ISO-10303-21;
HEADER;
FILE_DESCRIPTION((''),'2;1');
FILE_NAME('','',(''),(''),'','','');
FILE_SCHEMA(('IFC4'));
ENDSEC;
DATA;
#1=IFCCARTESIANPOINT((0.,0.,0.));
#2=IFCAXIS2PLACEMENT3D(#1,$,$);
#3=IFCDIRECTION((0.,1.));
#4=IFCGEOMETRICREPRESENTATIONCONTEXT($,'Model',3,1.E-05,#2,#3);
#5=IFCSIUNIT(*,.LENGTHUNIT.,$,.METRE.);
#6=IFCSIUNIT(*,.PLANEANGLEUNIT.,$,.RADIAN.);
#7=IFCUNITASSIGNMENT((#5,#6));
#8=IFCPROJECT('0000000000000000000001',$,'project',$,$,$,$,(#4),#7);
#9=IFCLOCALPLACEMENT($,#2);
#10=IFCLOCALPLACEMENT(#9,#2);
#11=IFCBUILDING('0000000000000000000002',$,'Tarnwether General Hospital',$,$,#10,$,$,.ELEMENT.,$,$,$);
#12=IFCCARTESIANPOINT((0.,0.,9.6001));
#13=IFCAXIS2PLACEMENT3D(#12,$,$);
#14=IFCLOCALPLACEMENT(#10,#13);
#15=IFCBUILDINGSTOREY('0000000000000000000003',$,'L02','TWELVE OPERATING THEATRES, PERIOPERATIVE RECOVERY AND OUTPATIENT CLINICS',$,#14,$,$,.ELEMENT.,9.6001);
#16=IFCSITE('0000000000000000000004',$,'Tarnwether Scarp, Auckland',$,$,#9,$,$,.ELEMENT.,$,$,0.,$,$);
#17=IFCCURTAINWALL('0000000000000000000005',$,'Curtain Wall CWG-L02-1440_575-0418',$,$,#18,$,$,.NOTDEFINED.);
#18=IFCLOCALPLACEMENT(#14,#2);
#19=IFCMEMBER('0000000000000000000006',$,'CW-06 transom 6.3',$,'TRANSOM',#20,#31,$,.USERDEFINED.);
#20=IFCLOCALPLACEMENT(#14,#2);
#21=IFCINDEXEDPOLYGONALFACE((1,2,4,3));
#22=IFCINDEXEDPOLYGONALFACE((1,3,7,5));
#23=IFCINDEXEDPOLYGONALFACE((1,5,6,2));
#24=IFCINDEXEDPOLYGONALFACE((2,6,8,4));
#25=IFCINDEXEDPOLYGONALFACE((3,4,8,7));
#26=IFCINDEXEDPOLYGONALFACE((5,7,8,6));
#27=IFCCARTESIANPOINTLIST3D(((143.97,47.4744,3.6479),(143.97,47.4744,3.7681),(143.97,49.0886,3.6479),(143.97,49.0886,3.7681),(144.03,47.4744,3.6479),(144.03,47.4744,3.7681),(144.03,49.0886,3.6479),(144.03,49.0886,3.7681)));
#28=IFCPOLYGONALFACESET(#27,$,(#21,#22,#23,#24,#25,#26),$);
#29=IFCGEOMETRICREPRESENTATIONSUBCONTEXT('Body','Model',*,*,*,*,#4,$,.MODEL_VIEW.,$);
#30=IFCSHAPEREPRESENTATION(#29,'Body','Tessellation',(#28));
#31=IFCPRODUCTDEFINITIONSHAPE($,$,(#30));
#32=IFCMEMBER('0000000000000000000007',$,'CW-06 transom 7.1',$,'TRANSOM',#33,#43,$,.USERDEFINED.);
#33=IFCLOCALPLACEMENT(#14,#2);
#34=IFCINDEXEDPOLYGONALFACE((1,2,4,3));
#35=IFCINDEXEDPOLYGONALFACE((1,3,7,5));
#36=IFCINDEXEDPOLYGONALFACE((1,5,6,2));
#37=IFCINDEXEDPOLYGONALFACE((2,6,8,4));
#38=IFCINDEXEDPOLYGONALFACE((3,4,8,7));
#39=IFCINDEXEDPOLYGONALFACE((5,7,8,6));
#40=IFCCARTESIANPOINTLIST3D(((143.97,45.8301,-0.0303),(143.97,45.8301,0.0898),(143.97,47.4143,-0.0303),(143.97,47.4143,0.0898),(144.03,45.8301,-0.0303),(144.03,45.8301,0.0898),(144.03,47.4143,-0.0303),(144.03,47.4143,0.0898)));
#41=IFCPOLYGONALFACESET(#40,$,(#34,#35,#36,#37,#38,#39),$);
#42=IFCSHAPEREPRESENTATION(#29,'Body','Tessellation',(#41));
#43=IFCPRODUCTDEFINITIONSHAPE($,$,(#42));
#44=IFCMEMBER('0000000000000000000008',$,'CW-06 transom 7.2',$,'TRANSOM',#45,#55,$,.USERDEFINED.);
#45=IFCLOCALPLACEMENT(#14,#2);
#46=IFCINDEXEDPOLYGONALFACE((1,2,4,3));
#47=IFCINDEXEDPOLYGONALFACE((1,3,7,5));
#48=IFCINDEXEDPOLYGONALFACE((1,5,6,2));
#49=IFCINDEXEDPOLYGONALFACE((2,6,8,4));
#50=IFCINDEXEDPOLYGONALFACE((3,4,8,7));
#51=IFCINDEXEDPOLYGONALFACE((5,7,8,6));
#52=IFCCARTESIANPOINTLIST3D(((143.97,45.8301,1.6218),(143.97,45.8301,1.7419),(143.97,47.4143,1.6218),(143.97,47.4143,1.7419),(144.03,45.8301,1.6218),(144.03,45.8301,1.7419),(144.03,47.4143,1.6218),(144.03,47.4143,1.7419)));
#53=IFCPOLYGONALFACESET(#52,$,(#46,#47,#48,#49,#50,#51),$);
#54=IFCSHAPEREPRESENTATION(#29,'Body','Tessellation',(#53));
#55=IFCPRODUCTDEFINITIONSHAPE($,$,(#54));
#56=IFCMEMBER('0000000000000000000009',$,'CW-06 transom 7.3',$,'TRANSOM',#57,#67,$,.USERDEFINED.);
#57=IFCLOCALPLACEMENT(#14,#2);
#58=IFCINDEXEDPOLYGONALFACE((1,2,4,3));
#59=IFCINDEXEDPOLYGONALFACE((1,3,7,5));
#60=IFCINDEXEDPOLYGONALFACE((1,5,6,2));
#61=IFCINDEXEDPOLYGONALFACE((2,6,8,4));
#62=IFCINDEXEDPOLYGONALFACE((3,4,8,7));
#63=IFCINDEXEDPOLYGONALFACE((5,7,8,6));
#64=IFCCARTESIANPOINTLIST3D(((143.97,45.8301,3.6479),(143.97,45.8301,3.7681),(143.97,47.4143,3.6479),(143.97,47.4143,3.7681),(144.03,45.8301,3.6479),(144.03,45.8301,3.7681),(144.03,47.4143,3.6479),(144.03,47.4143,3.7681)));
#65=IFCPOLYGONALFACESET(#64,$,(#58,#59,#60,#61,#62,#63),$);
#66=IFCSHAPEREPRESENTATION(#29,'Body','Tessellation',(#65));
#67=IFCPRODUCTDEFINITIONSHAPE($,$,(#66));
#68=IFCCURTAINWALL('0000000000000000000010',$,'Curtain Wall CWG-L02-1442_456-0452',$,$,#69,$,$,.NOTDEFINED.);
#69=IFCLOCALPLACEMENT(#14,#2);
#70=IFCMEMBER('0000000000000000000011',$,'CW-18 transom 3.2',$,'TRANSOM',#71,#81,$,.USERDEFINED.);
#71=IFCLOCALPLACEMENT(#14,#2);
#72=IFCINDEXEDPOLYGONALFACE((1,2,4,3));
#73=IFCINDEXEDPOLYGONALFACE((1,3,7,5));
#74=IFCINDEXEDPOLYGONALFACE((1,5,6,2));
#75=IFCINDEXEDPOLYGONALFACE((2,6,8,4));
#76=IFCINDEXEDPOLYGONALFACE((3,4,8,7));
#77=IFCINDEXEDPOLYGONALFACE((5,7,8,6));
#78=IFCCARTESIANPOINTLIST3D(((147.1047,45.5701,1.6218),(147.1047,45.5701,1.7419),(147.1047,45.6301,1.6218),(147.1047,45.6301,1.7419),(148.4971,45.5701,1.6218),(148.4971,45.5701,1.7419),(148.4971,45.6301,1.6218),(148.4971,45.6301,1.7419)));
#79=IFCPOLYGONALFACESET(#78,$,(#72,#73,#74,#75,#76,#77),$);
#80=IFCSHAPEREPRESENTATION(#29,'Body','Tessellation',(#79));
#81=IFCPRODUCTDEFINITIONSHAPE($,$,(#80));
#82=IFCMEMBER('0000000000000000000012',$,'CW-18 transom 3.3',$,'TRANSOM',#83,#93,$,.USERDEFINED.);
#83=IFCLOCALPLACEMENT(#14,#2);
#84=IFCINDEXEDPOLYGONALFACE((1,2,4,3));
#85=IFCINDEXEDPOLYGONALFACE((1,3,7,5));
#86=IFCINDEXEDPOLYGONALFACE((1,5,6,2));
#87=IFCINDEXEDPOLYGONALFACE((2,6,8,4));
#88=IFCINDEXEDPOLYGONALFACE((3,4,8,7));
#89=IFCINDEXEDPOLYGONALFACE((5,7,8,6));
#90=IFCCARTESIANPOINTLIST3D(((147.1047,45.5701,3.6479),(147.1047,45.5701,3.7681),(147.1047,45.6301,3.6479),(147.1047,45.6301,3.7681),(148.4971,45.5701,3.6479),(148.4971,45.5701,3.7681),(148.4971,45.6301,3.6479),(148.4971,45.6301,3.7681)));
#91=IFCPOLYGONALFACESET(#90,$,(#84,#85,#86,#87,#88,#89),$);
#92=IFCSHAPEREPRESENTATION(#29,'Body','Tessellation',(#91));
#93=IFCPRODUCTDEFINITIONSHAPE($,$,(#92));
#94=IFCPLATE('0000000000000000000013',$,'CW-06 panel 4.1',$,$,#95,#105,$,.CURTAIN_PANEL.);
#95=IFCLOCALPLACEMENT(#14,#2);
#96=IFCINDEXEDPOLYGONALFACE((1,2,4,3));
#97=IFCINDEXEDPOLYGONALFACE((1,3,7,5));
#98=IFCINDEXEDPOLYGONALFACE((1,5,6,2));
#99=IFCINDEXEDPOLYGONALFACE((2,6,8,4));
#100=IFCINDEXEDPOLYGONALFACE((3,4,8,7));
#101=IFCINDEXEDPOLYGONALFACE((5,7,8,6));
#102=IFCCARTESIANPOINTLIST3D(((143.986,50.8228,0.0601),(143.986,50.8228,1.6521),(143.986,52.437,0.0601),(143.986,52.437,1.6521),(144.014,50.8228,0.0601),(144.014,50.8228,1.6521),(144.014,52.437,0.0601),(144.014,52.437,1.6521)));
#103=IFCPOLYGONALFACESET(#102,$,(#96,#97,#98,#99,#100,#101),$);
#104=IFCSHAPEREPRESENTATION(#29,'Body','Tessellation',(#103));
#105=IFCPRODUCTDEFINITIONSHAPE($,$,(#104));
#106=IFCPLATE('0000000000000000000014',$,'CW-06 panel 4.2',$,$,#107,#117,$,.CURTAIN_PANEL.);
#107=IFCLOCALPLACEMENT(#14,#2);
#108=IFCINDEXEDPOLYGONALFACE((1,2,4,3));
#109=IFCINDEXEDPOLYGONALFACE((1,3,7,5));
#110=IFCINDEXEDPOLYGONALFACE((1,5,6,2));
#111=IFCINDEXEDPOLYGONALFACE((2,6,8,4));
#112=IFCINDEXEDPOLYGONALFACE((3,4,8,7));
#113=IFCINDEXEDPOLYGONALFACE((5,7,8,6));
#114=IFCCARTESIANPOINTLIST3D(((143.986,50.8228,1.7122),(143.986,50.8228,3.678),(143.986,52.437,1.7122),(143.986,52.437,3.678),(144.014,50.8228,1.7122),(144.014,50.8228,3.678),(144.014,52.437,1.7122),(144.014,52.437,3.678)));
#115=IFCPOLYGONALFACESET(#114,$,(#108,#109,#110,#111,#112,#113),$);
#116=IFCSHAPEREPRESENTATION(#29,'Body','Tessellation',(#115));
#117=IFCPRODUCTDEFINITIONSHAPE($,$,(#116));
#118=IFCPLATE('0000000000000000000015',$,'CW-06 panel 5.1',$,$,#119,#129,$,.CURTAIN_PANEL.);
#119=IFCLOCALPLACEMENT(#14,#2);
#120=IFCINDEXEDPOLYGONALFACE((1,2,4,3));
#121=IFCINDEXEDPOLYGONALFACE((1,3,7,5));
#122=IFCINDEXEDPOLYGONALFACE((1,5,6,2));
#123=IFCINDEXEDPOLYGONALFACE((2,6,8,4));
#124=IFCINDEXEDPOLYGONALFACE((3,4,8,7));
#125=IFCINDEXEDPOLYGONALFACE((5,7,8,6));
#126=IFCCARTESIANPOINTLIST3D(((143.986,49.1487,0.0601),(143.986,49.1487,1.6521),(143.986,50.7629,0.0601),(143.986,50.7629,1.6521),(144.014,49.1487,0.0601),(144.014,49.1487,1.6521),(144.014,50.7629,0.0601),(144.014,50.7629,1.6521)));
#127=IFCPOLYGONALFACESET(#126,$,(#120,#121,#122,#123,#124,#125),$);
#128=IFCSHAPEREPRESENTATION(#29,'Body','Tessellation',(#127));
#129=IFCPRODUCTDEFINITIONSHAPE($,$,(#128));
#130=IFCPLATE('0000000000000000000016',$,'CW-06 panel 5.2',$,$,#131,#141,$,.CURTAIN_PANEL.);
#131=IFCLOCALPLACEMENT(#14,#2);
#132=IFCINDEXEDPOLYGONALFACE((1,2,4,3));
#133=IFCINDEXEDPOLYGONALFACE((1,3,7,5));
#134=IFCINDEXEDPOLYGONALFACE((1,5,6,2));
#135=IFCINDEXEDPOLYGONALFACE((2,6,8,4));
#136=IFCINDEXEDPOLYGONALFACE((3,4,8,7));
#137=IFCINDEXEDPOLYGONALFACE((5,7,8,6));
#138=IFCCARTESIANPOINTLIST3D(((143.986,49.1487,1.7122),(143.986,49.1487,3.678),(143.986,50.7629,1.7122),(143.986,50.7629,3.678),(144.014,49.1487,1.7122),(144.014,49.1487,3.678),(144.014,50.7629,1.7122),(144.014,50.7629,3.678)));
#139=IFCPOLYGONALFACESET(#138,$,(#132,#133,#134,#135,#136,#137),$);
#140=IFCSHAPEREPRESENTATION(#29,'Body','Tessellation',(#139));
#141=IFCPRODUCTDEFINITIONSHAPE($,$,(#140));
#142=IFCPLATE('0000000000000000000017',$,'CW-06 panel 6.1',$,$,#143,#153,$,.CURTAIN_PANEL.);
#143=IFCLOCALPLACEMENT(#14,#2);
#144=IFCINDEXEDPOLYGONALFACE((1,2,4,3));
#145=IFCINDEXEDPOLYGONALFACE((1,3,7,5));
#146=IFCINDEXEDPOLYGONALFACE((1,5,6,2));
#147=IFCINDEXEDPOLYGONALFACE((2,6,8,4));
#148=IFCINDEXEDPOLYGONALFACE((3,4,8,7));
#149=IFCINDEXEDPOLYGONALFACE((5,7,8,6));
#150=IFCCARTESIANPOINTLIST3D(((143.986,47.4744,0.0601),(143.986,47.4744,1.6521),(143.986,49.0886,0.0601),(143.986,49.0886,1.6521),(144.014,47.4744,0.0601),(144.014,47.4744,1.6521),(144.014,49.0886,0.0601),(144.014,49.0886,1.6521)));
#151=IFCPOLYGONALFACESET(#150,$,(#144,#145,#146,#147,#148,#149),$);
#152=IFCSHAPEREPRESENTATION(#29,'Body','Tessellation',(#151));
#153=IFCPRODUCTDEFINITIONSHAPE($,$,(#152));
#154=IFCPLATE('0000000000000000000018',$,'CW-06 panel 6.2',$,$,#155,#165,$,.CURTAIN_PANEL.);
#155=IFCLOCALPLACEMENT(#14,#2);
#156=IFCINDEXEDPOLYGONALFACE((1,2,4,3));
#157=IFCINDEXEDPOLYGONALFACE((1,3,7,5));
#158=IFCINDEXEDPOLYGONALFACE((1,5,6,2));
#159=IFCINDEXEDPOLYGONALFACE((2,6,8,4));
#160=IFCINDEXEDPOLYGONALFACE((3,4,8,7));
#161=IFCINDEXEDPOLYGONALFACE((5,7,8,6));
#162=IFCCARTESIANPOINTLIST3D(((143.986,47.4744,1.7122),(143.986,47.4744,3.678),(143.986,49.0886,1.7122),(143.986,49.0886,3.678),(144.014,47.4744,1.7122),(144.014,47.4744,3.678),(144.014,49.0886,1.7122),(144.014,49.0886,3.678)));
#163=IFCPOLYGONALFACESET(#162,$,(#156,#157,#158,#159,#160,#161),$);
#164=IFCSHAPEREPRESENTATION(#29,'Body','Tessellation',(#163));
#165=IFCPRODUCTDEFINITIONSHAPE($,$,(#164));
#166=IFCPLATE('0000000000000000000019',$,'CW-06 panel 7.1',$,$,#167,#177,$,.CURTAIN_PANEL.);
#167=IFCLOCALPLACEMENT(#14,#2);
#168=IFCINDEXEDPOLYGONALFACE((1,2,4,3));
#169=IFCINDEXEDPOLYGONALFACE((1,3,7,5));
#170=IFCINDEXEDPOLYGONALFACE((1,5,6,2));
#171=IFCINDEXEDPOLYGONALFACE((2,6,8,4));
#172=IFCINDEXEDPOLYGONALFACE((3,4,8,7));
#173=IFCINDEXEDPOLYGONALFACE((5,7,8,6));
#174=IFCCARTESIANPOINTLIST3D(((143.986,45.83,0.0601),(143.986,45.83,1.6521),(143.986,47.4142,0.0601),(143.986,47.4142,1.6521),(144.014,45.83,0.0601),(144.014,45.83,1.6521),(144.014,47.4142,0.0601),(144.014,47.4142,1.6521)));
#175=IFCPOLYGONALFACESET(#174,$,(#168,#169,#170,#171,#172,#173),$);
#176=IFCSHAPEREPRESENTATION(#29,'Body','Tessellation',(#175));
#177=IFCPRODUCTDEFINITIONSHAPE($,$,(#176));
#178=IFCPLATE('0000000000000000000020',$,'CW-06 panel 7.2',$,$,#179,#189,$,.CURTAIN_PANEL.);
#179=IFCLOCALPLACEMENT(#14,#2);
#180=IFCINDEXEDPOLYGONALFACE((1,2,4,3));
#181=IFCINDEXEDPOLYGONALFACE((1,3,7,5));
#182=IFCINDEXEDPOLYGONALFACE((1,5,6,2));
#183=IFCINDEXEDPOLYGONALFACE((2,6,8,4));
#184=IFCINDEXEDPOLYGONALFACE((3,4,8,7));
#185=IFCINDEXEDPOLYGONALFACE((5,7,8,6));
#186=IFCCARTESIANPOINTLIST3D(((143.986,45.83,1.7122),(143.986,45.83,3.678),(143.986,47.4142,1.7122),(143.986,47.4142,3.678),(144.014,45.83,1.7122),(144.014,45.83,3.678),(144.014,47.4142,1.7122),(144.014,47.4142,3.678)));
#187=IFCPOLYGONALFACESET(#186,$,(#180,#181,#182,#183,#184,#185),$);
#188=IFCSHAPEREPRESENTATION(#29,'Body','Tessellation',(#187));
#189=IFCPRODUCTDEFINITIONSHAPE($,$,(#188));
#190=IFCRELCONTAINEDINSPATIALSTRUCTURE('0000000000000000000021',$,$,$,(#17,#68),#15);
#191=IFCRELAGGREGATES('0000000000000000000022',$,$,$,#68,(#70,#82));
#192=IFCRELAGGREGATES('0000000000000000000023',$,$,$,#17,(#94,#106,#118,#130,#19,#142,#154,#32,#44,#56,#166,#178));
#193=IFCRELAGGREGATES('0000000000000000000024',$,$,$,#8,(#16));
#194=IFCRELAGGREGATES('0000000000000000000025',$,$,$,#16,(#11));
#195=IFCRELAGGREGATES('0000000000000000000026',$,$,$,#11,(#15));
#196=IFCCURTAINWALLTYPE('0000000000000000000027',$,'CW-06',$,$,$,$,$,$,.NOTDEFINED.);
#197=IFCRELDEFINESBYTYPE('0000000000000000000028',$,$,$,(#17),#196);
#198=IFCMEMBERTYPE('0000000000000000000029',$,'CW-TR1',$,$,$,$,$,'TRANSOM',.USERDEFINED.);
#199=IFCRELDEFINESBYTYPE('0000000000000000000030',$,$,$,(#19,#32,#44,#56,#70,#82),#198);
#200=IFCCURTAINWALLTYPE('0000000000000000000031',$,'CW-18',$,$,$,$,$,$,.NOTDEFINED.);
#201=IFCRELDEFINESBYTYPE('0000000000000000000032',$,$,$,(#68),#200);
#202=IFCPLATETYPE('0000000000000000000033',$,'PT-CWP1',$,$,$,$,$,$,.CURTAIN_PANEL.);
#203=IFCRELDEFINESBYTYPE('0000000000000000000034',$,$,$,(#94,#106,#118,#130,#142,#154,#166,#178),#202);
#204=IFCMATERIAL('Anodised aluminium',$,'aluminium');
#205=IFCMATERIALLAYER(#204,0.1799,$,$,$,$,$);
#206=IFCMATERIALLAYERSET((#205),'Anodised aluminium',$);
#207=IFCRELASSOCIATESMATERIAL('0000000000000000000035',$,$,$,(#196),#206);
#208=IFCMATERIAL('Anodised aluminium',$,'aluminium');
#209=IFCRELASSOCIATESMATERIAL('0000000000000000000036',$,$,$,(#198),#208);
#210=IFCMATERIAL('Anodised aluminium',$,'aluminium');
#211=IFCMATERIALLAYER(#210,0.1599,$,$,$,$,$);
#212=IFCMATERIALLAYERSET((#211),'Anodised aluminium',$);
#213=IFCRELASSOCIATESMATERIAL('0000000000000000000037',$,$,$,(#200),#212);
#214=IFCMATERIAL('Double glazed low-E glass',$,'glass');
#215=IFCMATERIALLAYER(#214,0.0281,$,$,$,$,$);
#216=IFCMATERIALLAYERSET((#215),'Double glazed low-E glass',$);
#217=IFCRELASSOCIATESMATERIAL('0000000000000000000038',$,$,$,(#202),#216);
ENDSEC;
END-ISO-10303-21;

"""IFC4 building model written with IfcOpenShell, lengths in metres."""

from ifc_helpers import new_model, si_unit, direction, frame, origin, origin_2d, place, context, subcontext, project, spatial, rectangle, extrude, material, layer, layer_set, material_profile, profile_set, type_object, element, aggregate, save


model = new_model("IFC4")

# Units and contexts
model_context = context("Model", 3, precision=1e-05, world=origin(), true_north=direction((0.0, 1.0)))
body_context = subcontext(model_context, "Body", "Model", "MODEL_VIEW")
ifc_project = project(units=[si_unit("LENGTHUNIT", "METRE"), si_unit("PLANEANGLEUNIT", "RADIAN")], contexts=[model_context])

# Site, building, storey
site_placement = place(None, origin())
site = spatial("IfcSite", under=ifc_project, at=site_placement, Name="Tarnwether Scarp, Auckland", CompositionType="ELEMENT", RefElevation=0.0)
building_placement = place(site_placement, origin())
building = spatial("IfcBuilding", under=site, at=building_placement, Name="Tarnwether General Hospital", CompositionType="ELEMENT")
storey_placement = place(building_placement, frame((0.0, 0.0, 9.6001)))
storey = spatial("IfcBuildingStorey", under=building, at=storey_placement, Name="L02", Description="TWELVE OPERATING THEATRES, PERIOPERATIVE RECOVERY AND OUTPATIENT CLINICS", CompositionType="ELEMENT", Elevation=9.6001)

# Curtain walls, members
ifc_material_1 = material(Name="Anodised aluminium", Category="aluminium")
ifc_layer_1 = layer(ifc_material_1, 0.1799)
ifc_layer_set_1 = layer_set([ifc_layer_1], Name="Anodised aluminium")
curtain_wall_type_1 = type_object("IfcCurtainWallType", Name="CW-06", PredefinedType="NOTDEFINED", material=ifc_layer_set_1)
curtain_wall_1_placement = place(storey_placement, origin())
curtain_wall_1 = element("IfcCurtainWall", 1, at=curtain_wall_1_placement, inside=storey, type_object=curtain_wall_type_1, Name="Curtain Wall CWG-L02-1440_575-0418", PredefinedType="NOTDEFINED")
ifc_material_2 = material(Name="Anodised aluminium", Category="aluminium")
ifc_material_profile_1 = material_profile(ifc_material_2, rectangle(XDim=0.0601, YDim=0.1201, at=origin_2d()), Name="ALU-TRN-60x120")
ifc_profile_set_1 = profile_set([ifc_material_profile_1], Name="Anodised aluminium")
member_type_1 = type_object("IfcMemberType", Name="CW-TR1", ElementType="TRANSOM", PredefinedType="USERDEFINED", material=ifc_profile_set_1)
member_1_placement = place(storey_placement, frame((144.0, 49.0886, 3.708), z_axis=(0.0, -1.0, 0.0), x_axis=(1.0, 0.0, 0.0)))
member_1 = element("IfcMember", 2, at=member_1_placement, type_object=member_type_1, Name="CW-06 transom 6.3", ObjectType="TRANSOM", PredefinedType="USERDEFINED", context=body_context, shape_type="SweptSolid", body=[
    extrude(rectangle(XDim=0.0601, YDim=0.1201, at=origin_2d()), origin(), (0.0, 0.0, 1.0), 1.6143),
])
member_2_placement = place(storey_placement, frame((144.0, 47.4143, 0.0298), z_axis=(0.0, -1.0, 0.0), x_axis=(1.0, 0.0, 0.0)))
member_2 = element("IfcMember", 3, at=member_2_placement, type_object=member_type_1, Name="CW-06 transom 7.1", ObjectType="TRANSOM", PredefinedType="USERDEFINED", context=body_context, shape_type="SweptSolid", body=[
    extrude(rectangle(XDim=0.0601, YDim=0.1201, at=origin_2d()), origin(), (0.0, 0.0, 1.0), 1.5842),
])
member_3_placement = place(storey_placement, frame((144.0, 47.4143, 1.6819), z_axis=(0.0, -1.0, 0.0), x_axis=(1.0, 0.0, 0.0)))
member_3 = element("IfcMember", 4, at=member_3_placement, type_object=member_type_1, Name="CW-06 transom 7.2", ObjectType="TRANSOM", PredefinedType="USERDEFINED", context=body_context, shape_type="SweptSolid", body=[
    extrude(rectangle(XDim=0.0601, YDim=0.1201, at=origin_2d()), origin(), (0.0, 0.0, 1.0), 1.5842),
])
member_4_placement = place(storey_placement, frame((144.0, 47.4143, 3.708), z_axis=(0.0, -1.0, 0.0), x_axis=(1.0, 0.0, 0.0)))
member_4 = element("IfcMember", 5, at=member_4_placement, type_object=member_type_1, Name="CW-06 transom 7.3", ObjectType="TRANSOM", PredefinedType="USERDEFINED", context=body_context, shape_type="SweptSolid", body=[
    extrude(rectangle(XDim=0.0601, YDim=0.1201, at=origin_2d()), origin(), (0.0, 0.0, 1.0), 1.5842),
])
ifc_material_3 = material(Name="Anodised aluminium", Category="aluminium")
ifc_layer_2 = layer(ifc_material_3, 0.1599)
ifc_layer_set_2 = layer_set([ifc_layer_2], Name="Anodised aluminium")
curtain_wall_type_2 = type_object("IfcCurtainWallType", Name="CW-18", PredefinedType="NOTDEFINED", material=ifc_layer_set_2)
curtain_wall_2_placement = place(storey_placement, origin())
curtain_wall_2 = element("IfcCurtainWall", 6, at=curtain_wall_2_placement, inside=storey, type_object=curtain_wall_type_2, Name="Curtain Wall CWG-L02-1442_456-0452", PredefinedType="NOTDEFINED")
member_5_placement = place(storey_placement, frame((147.1047, 45.6001, 1.6819), z_axis=(1.0, 0.0, 0.0), x_axis=(0.0, 1.0, 0.0)))
member_5 = element("IfcMember", 7, at=member_5_placement, type_object=member_type_1, Name="CW-18 transom 3.2", ObjectType="TRANSOM", PredefinedType="USERDEFINED", context=body_context, shape_type="SweptSolid", body=[
    extrude(rectangle(XDim=0.0601, YDim=0.1201, at=origin_2d()), origin(), (0.0, 0.0, 1.0), 1.3923),
])
member_6_placement = place(storey_placement, frame((147.1047, 45.6001, 3.708), z_axis=(1.0, 0.0, 0.0), x_axis=(0.0, 1.0, 0.0)))
member_6 = element("IfcMember", 8, at=member_6_placement, type_object=member_type_1, Name="CW-18 transom 3.3", ObjectType="TRANSOM", PredefinedType="USERDEFINED", context=body_context, shape_type="SweptSolid", body=[
    extrude(rectangle(XDim=0.0601, YDim=0.1201, at=origin_2d()), origin(), (0.0, 0.0, 1.0), 1.3923),
])
aggregate(curtain_wall_2, [member_5, member_6])

# Plates
ifc_material_4 = material(Name="Double glazed low-E glass", Category="glass")
ifc_layer_3 = layer(ifc_material_4, 0.0281)
ifc_layer_set_3 = layer_set([ifc_layer_3], Name="Double glazed low-E glass")
plate_type_1 = type_object("IfcPlateType", Name="PT-CWP1", PredefinedType="CURTAIN_PANEL", material=ifc_layer_set_3)
plate_1_placement = place(storey_placement, frame((144.0, 51.6299, 0.0601), z_axis=(0.0, 0.0, 1.0), x_axis=(0.0, -1.0, 0.0)))
plate_1 = element("IfcPlate", 9, at=plate_1_placement, type_object=plate_type_1, Name="CW-06 panel 4.1", PredefinedType="CURTAIN_PANEL", context=body_context, shape_type="SweptSolid", body=[
    extrude(rectangle(XDim=1.6143, YDim=0.0281, at=origin_2d()), origin(), (0.0, 0.0, 1.0), 1.592),
])
plate_2_placement = place(storey_placement, frame((144.0, 51.6299, 1.7122), z_axis=(0.0, 0.0, 1.0), x_axis=(0.0, -1.0, 0.0)))
plate_2 = element("IfcPlate", 10, at=plate_2_placement, type_object=plate_type_1, Name="CW-06 panel 4.2", PredefinedType="CURTAIN_PANEL", context=body_context, shape_type="SweptSolid", body=[
    extrude(rectangle(XDim=1.6143, YDim=0.0281, at=origin_2d()), origin(), (0.0, 0.0, 1.0), 1.9658),
])
plate_3_placement = place(storey_placement, frame((144.0, 49.9558, 0.0601), z_axis=(0.0, 0.0, 1.0), x_axis=(0.0, -1.0, 0.0)))
plate_3 = element("IfcPlate", 11, at=plate_3_placement, type_object=plate_type_1, Name="CW-06 panel 5.1", PredefinedType="CURTAIN_PANEL", context=body_context, shape_type="SweptSolid", body=[
    extrude(rectangle(XDim=1.6143, YDim=0.0281, at=origin_2d()), origin(), (0.0, 0.0, 1.0), 1.592),
])
plate_4_placement = place(storey_placement, frame((144.0, 49.9558, 1.7122), z_axis=(0.0, 0.0, 1.0), x_axis=(0.0, -1.0, 0.0)))
plate_4 = element("IfcPlate", 12, at=plate_4_placement, type_object=plate_type_1, Name="CW-06 panel 5.2", PredefinedType="CURTAIN_PANEL", context=body_context, shape_type="SweptSolid", body=[
    extrude(rectangle(XDim=1.6143, YDim=0.0281, at=origin_2d()), origin(), (0.0, 0.0, 1.0), 1.9658),
])
plate_5_placement = place(storey_placement, frame((144.0, 48.2815, 0.0601), z_axis=(0.0, 0.0, 1.0), x_axis=(0.0, -1.0, 0.0)))
plate_5 = element("IfcPlate", 13, at=plate_5_placement, type_object=plate_type_1, Name="CW-06 panel 6.1", PredefinedType="CURTAIN_PANEL", context=body_context, shape_type="SweptSolid", body=[
    extrude(rectangle(XDim=1.6143, YDim=0.0281, at=origin_2d()), origin(), (0.0, 0.0, 1.0), 1.592),
])
plate_6_placement = place(storey_placement, frame((144.0, 48.2815, 1.7122), z_axis=(0.0, 0.0, 1.0), x_axis=(0.0, -1.0, 0.0)))
plate_6 = element("IfcPlate", 14, at=plate_6_placement, type_object=plate_type_1, Name="CW-06 panel 6.2", PredefinedType="CURTAIN_PANEL", context=body_context, shape_type="SweptSolid", body=[
    extrude(rectangle(XDim=1.6143, YDim=0.0281, at=origin_2d()), origin(), (0.0, 0.0, 1.0), 1.9658),
])
plate_7_placement = place(storey_placement, frame((144.0, 46.6221, 0.0601), z_axis=(0.0, 0.0, 1.0), x_axis=(0.0, -1.0, 0.0)))
plate_7 = element("IfcPlate", 15, at=plate_7_placement, type_object=plate_type_1, Name="CW-06 panel 7.1", PredefinedType="CURTAIN_PANEL", context=body_context, shape_type="SweptSolid", body=[
    extrude(rectangle(XDim=1.5842, YDim=0.0281, at=origin_2d()), origin(), (0.0, 0.0, 1.0), 1.592),
])
plate_8_placement = place(storey_placement, frame((144.0, 46.6221, 1.7122), z_axis=(0.0, 0.0, 1.0), x_axis=(0.0, -1.0, 0.0)))
plate_8 = element("IfcPlate", 16, at=plate_8_placement, type_object=plate_type_1, Name="CW-06 panel 7.2", PredefinedType="CURTAIN_PANEL", context=body_context, shape_type="SweptSolid", body=[
    extrude(rectangle(XDim=1.5842, YDim=0.0281, at=origin_2d()), origin(), (0.0, 0.0, 1.0), 1.9658),
])
aggregate(curtain_wall_1, [plate_1, plate_2, plate_3, plate_4, member_1, plate_5, plate_6, member_2, member_3, member_4, plate_7, plate_8])

save(model, "model.ifc")
